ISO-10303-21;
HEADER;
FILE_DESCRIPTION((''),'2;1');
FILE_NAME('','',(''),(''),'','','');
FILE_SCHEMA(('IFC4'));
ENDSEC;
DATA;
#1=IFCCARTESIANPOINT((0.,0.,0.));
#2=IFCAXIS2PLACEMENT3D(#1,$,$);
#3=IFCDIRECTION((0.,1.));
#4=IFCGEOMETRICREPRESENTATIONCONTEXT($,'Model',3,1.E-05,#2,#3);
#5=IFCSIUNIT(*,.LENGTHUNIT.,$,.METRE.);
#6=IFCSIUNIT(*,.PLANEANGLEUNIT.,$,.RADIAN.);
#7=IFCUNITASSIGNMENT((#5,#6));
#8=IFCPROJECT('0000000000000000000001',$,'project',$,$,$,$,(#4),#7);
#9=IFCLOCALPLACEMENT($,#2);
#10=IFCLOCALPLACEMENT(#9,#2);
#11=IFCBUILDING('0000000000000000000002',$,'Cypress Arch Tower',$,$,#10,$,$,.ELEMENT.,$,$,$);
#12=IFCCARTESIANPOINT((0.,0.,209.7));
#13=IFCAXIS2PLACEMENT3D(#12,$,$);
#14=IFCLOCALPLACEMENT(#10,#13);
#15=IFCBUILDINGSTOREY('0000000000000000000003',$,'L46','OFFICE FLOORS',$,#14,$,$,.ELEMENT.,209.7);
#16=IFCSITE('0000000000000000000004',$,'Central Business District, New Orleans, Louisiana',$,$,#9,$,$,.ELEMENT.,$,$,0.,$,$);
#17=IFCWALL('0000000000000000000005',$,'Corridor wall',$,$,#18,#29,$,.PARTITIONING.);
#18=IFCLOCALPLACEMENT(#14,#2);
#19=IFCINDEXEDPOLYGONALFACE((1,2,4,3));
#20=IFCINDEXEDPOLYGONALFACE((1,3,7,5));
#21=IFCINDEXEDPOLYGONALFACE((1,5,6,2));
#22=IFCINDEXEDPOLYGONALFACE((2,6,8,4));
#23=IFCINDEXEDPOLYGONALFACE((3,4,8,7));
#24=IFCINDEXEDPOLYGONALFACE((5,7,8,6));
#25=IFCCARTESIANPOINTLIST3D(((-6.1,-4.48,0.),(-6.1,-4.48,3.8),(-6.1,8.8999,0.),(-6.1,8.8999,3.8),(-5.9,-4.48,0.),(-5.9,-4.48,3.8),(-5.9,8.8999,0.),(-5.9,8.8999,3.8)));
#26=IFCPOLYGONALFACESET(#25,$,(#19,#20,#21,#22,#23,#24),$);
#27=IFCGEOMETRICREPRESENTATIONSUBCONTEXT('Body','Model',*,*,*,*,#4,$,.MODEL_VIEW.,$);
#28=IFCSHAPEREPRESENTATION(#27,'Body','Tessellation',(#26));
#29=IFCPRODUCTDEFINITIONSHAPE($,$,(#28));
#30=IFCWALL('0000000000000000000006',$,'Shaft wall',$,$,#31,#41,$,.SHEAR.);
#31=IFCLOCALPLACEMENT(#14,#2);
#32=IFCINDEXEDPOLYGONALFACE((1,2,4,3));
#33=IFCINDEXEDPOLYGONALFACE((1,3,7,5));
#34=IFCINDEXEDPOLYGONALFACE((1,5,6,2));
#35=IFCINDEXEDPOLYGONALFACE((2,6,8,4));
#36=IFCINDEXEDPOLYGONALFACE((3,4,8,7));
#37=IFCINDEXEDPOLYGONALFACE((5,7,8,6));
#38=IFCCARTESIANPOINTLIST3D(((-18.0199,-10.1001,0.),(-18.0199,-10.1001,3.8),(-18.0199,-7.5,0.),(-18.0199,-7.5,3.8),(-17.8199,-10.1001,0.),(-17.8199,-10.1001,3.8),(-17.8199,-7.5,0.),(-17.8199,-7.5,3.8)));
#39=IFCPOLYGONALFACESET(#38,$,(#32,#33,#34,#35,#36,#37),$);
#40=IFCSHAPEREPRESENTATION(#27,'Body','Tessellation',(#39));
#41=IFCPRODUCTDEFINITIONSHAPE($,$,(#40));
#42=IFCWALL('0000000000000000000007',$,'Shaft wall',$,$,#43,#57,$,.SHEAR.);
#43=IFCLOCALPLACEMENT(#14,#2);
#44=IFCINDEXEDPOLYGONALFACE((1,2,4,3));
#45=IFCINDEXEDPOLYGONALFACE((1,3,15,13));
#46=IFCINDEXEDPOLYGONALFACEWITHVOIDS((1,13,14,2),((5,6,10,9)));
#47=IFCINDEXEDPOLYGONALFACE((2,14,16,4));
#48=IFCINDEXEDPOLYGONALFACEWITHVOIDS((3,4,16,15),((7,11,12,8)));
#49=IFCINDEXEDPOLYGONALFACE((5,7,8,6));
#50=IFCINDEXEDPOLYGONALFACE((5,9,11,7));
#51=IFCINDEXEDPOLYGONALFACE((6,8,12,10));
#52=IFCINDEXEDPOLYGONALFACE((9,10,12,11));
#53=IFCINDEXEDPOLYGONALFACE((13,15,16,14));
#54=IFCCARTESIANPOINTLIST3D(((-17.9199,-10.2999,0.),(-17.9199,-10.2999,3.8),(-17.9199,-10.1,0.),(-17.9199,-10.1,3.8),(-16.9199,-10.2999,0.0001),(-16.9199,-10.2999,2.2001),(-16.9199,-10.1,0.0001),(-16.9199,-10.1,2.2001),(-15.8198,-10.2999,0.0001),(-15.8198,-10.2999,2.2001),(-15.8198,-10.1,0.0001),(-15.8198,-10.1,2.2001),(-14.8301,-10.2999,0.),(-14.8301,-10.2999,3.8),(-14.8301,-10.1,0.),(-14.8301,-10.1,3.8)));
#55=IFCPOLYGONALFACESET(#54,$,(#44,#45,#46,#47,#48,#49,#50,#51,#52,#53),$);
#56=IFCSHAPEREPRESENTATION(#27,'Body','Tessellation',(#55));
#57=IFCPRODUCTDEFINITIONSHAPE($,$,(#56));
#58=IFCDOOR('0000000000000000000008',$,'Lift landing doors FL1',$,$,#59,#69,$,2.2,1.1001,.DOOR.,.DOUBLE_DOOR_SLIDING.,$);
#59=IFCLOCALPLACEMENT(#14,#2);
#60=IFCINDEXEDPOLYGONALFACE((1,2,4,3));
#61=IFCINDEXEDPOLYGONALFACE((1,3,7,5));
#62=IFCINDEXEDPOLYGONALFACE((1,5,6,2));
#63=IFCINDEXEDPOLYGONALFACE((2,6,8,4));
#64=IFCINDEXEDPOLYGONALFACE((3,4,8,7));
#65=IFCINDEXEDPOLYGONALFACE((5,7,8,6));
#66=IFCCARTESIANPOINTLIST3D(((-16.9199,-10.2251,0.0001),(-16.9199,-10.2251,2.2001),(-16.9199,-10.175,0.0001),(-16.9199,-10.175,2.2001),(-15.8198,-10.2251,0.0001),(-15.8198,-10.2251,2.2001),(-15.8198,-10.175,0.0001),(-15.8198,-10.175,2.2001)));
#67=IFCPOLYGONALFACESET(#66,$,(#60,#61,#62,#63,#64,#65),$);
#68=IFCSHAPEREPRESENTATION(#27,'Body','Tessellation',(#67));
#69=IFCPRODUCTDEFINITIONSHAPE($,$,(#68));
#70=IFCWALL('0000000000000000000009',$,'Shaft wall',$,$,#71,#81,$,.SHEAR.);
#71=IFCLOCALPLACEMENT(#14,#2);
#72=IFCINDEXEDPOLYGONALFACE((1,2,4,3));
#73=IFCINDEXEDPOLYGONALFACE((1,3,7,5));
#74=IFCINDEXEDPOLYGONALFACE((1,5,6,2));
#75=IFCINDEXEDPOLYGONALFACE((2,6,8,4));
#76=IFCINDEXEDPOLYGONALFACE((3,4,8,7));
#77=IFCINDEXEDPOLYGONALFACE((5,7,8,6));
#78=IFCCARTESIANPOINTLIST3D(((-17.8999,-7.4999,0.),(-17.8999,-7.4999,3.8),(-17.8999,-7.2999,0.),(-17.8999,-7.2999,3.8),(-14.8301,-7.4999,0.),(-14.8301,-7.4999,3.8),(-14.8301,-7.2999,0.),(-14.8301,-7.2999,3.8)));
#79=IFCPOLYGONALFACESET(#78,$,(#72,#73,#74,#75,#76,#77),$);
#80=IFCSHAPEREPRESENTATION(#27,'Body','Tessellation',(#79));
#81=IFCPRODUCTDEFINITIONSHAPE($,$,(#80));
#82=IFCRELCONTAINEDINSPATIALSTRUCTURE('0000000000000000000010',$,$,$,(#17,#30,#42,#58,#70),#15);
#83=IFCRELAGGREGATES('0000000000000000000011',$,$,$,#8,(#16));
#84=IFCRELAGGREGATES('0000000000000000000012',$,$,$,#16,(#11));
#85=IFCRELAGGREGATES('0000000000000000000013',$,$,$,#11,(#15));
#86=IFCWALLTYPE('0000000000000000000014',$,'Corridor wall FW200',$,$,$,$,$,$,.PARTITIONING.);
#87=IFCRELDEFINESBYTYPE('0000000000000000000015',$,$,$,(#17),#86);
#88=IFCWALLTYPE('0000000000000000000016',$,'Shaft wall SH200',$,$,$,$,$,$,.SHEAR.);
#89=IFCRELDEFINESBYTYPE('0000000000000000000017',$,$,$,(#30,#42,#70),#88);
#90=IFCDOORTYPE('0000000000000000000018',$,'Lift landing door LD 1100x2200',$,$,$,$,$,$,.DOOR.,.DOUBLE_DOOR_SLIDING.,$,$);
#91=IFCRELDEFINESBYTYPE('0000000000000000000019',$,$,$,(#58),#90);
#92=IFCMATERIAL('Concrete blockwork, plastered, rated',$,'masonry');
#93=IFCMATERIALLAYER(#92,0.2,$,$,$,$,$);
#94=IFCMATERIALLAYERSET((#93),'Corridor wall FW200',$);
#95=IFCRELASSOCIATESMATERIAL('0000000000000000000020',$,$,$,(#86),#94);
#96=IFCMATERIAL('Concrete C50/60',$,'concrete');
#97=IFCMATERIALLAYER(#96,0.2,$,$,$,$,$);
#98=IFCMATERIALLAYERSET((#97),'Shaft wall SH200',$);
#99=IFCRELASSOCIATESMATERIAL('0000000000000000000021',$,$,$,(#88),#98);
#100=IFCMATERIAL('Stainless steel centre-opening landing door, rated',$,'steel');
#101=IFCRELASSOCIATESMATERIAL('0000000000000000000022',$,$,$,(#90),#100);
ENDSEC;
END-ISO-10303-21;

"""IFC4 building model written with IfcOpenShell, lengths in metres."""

from ifc_helpers import new_model, si_unit, direction, frame, frame_2d, origin, place, context, subcontext, project, spatial, rectangle, extrude, material, layer, layer_set, type_object, element, fill, save


model = new_model("IFC4")

# Units and contexts
model_context = context("Model", 3, precision=1e-05, world=origin(), true_north=direction((0.0, 1.0)))
body_context = subcontext(model_context, "Body", "Model", "MODEL_VIEW")
ifc_project = project(units=[si_unit("LENGTHUNIT", "METRE"), si_unit("PLANEANGLEUNIT", "RADIAN")], contexts=[model_context])

# Site, building, storey
site_placement = place(None, origin())
site = spatial("IfcSite", under=ifc_project, at=site_placement, Name="Central Business District, New Orleans, Louisiana", CompositionType="ELEMENT", RefElevation=0.0)
building_placement = place(site_placement, origin())
building = spatial("IfcBuilding", under=site, at=building_placement, Name="Cypress Arch Tower", CompositionType="ELEMENT")
storey_placement = place(building_placement, frame((0.0, 0.0, 209.7)))
storey = spatial("IfcBuildingStorey", under=building, at=storey_placement, Name="L46", Description="OFFICE FLOORS", CompositionType="ELEMENT", Elevation=209.7)

# Shared definitions
ifc_material_1 = material(Name="Concrete blockwork, plastered, rated", Category="masonry")
ifc_layer_1 = layer(ifc_material_1, 0.2)
ifc_layer_set_1 = layer_set([ifc_layer_1], Name="Corridor wall FW200")
wall_type_1 = type_object("IfcWallType", Name="Corridor wall FW200", PredefinedType="PARTITIONING", material=ifc_layer_set_1)

# Walls
wall_1_placement = place(storey_placement, frame((-6.0, -4.48, 0.0), z_axis=(0.0, 0.0, 1.0), x_axis=(0.0, 1.0, 0.0)))
element("IfcWall", 1, at=wall_1_placement, inside=storey, type_object=wall_type_1, Name="Corridor wall", PredefinedType="PARTITIONING", context=body_context, shape_type="SweptSolid", body=[
    extrude(rectangle(XDim=13.3799, YDim=0.2, at=frame_2d((6.6899, 0.0))), origin(), (0.0, 0.0, 1.0), 3.8),
])
ifc_material_2 = material(Name="Concrete C50/60", Category="concrete")
ifc_layer_2 = layer(ifc_material_2, 0.2)
ifc_layer_set_2 = layer_set([ifc_layer_2], Name="Shaft wall SH200")
wall_type_2 = type_object("IfcWallType", Name="Shaft wall SH200", PredefinedType="SHEAR", material=ifc_layer_set_2)
wall_2_placement = place(storey_placement, frame((-17.9199, -10.1001, 0.0), z_axis=(0.0, 0.0, 1.0), x_axis=(0.0, 1.0, 0.0)))
element("IfcWall", 2, at=wall_2_placement, inside=storey, type_object=wall_type_2, Name="Shaft wall", PredefinedType="SHEAR", context=body_context, shape_type="SweptSolid", body=[
    extrude(rectangle(XDim=2.6001, YDim=0.2, at=frame_2d((1.3, 0.0))), origin(), (0.0, 0.0, 1.0), 3.8),
])

# Wall, opening, door
wall_3_placement = place(storey_placement, frame((-17.9199, -10.2, 0.0), z_axis=(0.0, 0.0, 1.0), x_axis=(1.0, 0.0, 0.0)))
wall_3 = element("IfcWall", 3, at=wall_3_placement, inside=storey, type_object=wall_type_2, Name="Shaft wall", PredefinedType="SHEAR", context=body_context, shape_type="SweptSolid", body=[
    extrude(rectangle(XDim=3.0898, YDim=0.2, at=frame_2d((1.5449, 0.0))), origin(), (0.0, 0.0, 1.0), 3.8),
])
opening_1_placement = place(wall_3_placement, frame((1.0, 0.0, 0.0)))
opening_1 = element("IfcOpeningElement", 4, at=opening_1_placement, cuts=wall_3, PredefinedType="OPENING", context=body_context, shape_type="SweptSolid", body=[
    extrude(rectangle(XDim=1.1001, YDim=2.2, at=frame_2d((0.55, 1.1001))), frame((0.0, 0.1099, 0.0), z_axis=(0.0, -1.0, 0.0), x_axis=(1.0, 0.0, 0.0)), (0.0, 0.0, 1.0), 0.22),
])
ifc_material_3 = material(Name="Stainless steel centre-opening landing door, rated", Category="steel")
door_type_1 = type_object("IfcDoorType", Name="Lift landing door LD 1100x2200", OperationType="DOUBLE_DOOR_SLIDING", PredefinedType="DOOR", material=ifc_material_3)
door_1_placement = place(opening_1_placement, origin())
door_1 = element("IfcDoor", 5, at=door_1_placement, inside=storey, type_object=door_type_1, Name="Lift landing doors FL1", OperationType="DOUBLE_DOOR_SLIDING", OverallHeight=2.2, OverallWidth=1.1001, PredefinedType="DOOR", context=body_context, shape_type="SweptSolid", body=[
    extrude(rectangle(XDim=1.1001, YDim=2.2, at=frame_2d((0.55, 1.1001))), frame((0.0, 0.0249, 0.0), z_axis=(0.0, -1.0, 0.0), x_axis=(1.0, 0.0, 0.0)), (0.0, 0.0, 1.0), 0.05),
])
fill(opening_1, door_1)

# Wall
wall_4_placement = place(storey_placement, frame((-17.8999, -7.3999, 0.0), z_axis=(0.0, 0.0, 1.0), x_axis=(1.0, 0.0, 0.0)))
element("IfcWall", 6, at=wall_4_placement, inside=storey, type_object=wall_type_2, Name="Shaft wall", PredefinedType="SHEAR", context=body_context, shape_type="SweptSolid", body=[
    extrude(rectangle(XDim=3.0698, YDim=0.2, at=frame_2d((1.5349, 0.0))), origin(), (0.0, 0.0, 1.0), 3.8),
])

save(model, "model.ifc")
